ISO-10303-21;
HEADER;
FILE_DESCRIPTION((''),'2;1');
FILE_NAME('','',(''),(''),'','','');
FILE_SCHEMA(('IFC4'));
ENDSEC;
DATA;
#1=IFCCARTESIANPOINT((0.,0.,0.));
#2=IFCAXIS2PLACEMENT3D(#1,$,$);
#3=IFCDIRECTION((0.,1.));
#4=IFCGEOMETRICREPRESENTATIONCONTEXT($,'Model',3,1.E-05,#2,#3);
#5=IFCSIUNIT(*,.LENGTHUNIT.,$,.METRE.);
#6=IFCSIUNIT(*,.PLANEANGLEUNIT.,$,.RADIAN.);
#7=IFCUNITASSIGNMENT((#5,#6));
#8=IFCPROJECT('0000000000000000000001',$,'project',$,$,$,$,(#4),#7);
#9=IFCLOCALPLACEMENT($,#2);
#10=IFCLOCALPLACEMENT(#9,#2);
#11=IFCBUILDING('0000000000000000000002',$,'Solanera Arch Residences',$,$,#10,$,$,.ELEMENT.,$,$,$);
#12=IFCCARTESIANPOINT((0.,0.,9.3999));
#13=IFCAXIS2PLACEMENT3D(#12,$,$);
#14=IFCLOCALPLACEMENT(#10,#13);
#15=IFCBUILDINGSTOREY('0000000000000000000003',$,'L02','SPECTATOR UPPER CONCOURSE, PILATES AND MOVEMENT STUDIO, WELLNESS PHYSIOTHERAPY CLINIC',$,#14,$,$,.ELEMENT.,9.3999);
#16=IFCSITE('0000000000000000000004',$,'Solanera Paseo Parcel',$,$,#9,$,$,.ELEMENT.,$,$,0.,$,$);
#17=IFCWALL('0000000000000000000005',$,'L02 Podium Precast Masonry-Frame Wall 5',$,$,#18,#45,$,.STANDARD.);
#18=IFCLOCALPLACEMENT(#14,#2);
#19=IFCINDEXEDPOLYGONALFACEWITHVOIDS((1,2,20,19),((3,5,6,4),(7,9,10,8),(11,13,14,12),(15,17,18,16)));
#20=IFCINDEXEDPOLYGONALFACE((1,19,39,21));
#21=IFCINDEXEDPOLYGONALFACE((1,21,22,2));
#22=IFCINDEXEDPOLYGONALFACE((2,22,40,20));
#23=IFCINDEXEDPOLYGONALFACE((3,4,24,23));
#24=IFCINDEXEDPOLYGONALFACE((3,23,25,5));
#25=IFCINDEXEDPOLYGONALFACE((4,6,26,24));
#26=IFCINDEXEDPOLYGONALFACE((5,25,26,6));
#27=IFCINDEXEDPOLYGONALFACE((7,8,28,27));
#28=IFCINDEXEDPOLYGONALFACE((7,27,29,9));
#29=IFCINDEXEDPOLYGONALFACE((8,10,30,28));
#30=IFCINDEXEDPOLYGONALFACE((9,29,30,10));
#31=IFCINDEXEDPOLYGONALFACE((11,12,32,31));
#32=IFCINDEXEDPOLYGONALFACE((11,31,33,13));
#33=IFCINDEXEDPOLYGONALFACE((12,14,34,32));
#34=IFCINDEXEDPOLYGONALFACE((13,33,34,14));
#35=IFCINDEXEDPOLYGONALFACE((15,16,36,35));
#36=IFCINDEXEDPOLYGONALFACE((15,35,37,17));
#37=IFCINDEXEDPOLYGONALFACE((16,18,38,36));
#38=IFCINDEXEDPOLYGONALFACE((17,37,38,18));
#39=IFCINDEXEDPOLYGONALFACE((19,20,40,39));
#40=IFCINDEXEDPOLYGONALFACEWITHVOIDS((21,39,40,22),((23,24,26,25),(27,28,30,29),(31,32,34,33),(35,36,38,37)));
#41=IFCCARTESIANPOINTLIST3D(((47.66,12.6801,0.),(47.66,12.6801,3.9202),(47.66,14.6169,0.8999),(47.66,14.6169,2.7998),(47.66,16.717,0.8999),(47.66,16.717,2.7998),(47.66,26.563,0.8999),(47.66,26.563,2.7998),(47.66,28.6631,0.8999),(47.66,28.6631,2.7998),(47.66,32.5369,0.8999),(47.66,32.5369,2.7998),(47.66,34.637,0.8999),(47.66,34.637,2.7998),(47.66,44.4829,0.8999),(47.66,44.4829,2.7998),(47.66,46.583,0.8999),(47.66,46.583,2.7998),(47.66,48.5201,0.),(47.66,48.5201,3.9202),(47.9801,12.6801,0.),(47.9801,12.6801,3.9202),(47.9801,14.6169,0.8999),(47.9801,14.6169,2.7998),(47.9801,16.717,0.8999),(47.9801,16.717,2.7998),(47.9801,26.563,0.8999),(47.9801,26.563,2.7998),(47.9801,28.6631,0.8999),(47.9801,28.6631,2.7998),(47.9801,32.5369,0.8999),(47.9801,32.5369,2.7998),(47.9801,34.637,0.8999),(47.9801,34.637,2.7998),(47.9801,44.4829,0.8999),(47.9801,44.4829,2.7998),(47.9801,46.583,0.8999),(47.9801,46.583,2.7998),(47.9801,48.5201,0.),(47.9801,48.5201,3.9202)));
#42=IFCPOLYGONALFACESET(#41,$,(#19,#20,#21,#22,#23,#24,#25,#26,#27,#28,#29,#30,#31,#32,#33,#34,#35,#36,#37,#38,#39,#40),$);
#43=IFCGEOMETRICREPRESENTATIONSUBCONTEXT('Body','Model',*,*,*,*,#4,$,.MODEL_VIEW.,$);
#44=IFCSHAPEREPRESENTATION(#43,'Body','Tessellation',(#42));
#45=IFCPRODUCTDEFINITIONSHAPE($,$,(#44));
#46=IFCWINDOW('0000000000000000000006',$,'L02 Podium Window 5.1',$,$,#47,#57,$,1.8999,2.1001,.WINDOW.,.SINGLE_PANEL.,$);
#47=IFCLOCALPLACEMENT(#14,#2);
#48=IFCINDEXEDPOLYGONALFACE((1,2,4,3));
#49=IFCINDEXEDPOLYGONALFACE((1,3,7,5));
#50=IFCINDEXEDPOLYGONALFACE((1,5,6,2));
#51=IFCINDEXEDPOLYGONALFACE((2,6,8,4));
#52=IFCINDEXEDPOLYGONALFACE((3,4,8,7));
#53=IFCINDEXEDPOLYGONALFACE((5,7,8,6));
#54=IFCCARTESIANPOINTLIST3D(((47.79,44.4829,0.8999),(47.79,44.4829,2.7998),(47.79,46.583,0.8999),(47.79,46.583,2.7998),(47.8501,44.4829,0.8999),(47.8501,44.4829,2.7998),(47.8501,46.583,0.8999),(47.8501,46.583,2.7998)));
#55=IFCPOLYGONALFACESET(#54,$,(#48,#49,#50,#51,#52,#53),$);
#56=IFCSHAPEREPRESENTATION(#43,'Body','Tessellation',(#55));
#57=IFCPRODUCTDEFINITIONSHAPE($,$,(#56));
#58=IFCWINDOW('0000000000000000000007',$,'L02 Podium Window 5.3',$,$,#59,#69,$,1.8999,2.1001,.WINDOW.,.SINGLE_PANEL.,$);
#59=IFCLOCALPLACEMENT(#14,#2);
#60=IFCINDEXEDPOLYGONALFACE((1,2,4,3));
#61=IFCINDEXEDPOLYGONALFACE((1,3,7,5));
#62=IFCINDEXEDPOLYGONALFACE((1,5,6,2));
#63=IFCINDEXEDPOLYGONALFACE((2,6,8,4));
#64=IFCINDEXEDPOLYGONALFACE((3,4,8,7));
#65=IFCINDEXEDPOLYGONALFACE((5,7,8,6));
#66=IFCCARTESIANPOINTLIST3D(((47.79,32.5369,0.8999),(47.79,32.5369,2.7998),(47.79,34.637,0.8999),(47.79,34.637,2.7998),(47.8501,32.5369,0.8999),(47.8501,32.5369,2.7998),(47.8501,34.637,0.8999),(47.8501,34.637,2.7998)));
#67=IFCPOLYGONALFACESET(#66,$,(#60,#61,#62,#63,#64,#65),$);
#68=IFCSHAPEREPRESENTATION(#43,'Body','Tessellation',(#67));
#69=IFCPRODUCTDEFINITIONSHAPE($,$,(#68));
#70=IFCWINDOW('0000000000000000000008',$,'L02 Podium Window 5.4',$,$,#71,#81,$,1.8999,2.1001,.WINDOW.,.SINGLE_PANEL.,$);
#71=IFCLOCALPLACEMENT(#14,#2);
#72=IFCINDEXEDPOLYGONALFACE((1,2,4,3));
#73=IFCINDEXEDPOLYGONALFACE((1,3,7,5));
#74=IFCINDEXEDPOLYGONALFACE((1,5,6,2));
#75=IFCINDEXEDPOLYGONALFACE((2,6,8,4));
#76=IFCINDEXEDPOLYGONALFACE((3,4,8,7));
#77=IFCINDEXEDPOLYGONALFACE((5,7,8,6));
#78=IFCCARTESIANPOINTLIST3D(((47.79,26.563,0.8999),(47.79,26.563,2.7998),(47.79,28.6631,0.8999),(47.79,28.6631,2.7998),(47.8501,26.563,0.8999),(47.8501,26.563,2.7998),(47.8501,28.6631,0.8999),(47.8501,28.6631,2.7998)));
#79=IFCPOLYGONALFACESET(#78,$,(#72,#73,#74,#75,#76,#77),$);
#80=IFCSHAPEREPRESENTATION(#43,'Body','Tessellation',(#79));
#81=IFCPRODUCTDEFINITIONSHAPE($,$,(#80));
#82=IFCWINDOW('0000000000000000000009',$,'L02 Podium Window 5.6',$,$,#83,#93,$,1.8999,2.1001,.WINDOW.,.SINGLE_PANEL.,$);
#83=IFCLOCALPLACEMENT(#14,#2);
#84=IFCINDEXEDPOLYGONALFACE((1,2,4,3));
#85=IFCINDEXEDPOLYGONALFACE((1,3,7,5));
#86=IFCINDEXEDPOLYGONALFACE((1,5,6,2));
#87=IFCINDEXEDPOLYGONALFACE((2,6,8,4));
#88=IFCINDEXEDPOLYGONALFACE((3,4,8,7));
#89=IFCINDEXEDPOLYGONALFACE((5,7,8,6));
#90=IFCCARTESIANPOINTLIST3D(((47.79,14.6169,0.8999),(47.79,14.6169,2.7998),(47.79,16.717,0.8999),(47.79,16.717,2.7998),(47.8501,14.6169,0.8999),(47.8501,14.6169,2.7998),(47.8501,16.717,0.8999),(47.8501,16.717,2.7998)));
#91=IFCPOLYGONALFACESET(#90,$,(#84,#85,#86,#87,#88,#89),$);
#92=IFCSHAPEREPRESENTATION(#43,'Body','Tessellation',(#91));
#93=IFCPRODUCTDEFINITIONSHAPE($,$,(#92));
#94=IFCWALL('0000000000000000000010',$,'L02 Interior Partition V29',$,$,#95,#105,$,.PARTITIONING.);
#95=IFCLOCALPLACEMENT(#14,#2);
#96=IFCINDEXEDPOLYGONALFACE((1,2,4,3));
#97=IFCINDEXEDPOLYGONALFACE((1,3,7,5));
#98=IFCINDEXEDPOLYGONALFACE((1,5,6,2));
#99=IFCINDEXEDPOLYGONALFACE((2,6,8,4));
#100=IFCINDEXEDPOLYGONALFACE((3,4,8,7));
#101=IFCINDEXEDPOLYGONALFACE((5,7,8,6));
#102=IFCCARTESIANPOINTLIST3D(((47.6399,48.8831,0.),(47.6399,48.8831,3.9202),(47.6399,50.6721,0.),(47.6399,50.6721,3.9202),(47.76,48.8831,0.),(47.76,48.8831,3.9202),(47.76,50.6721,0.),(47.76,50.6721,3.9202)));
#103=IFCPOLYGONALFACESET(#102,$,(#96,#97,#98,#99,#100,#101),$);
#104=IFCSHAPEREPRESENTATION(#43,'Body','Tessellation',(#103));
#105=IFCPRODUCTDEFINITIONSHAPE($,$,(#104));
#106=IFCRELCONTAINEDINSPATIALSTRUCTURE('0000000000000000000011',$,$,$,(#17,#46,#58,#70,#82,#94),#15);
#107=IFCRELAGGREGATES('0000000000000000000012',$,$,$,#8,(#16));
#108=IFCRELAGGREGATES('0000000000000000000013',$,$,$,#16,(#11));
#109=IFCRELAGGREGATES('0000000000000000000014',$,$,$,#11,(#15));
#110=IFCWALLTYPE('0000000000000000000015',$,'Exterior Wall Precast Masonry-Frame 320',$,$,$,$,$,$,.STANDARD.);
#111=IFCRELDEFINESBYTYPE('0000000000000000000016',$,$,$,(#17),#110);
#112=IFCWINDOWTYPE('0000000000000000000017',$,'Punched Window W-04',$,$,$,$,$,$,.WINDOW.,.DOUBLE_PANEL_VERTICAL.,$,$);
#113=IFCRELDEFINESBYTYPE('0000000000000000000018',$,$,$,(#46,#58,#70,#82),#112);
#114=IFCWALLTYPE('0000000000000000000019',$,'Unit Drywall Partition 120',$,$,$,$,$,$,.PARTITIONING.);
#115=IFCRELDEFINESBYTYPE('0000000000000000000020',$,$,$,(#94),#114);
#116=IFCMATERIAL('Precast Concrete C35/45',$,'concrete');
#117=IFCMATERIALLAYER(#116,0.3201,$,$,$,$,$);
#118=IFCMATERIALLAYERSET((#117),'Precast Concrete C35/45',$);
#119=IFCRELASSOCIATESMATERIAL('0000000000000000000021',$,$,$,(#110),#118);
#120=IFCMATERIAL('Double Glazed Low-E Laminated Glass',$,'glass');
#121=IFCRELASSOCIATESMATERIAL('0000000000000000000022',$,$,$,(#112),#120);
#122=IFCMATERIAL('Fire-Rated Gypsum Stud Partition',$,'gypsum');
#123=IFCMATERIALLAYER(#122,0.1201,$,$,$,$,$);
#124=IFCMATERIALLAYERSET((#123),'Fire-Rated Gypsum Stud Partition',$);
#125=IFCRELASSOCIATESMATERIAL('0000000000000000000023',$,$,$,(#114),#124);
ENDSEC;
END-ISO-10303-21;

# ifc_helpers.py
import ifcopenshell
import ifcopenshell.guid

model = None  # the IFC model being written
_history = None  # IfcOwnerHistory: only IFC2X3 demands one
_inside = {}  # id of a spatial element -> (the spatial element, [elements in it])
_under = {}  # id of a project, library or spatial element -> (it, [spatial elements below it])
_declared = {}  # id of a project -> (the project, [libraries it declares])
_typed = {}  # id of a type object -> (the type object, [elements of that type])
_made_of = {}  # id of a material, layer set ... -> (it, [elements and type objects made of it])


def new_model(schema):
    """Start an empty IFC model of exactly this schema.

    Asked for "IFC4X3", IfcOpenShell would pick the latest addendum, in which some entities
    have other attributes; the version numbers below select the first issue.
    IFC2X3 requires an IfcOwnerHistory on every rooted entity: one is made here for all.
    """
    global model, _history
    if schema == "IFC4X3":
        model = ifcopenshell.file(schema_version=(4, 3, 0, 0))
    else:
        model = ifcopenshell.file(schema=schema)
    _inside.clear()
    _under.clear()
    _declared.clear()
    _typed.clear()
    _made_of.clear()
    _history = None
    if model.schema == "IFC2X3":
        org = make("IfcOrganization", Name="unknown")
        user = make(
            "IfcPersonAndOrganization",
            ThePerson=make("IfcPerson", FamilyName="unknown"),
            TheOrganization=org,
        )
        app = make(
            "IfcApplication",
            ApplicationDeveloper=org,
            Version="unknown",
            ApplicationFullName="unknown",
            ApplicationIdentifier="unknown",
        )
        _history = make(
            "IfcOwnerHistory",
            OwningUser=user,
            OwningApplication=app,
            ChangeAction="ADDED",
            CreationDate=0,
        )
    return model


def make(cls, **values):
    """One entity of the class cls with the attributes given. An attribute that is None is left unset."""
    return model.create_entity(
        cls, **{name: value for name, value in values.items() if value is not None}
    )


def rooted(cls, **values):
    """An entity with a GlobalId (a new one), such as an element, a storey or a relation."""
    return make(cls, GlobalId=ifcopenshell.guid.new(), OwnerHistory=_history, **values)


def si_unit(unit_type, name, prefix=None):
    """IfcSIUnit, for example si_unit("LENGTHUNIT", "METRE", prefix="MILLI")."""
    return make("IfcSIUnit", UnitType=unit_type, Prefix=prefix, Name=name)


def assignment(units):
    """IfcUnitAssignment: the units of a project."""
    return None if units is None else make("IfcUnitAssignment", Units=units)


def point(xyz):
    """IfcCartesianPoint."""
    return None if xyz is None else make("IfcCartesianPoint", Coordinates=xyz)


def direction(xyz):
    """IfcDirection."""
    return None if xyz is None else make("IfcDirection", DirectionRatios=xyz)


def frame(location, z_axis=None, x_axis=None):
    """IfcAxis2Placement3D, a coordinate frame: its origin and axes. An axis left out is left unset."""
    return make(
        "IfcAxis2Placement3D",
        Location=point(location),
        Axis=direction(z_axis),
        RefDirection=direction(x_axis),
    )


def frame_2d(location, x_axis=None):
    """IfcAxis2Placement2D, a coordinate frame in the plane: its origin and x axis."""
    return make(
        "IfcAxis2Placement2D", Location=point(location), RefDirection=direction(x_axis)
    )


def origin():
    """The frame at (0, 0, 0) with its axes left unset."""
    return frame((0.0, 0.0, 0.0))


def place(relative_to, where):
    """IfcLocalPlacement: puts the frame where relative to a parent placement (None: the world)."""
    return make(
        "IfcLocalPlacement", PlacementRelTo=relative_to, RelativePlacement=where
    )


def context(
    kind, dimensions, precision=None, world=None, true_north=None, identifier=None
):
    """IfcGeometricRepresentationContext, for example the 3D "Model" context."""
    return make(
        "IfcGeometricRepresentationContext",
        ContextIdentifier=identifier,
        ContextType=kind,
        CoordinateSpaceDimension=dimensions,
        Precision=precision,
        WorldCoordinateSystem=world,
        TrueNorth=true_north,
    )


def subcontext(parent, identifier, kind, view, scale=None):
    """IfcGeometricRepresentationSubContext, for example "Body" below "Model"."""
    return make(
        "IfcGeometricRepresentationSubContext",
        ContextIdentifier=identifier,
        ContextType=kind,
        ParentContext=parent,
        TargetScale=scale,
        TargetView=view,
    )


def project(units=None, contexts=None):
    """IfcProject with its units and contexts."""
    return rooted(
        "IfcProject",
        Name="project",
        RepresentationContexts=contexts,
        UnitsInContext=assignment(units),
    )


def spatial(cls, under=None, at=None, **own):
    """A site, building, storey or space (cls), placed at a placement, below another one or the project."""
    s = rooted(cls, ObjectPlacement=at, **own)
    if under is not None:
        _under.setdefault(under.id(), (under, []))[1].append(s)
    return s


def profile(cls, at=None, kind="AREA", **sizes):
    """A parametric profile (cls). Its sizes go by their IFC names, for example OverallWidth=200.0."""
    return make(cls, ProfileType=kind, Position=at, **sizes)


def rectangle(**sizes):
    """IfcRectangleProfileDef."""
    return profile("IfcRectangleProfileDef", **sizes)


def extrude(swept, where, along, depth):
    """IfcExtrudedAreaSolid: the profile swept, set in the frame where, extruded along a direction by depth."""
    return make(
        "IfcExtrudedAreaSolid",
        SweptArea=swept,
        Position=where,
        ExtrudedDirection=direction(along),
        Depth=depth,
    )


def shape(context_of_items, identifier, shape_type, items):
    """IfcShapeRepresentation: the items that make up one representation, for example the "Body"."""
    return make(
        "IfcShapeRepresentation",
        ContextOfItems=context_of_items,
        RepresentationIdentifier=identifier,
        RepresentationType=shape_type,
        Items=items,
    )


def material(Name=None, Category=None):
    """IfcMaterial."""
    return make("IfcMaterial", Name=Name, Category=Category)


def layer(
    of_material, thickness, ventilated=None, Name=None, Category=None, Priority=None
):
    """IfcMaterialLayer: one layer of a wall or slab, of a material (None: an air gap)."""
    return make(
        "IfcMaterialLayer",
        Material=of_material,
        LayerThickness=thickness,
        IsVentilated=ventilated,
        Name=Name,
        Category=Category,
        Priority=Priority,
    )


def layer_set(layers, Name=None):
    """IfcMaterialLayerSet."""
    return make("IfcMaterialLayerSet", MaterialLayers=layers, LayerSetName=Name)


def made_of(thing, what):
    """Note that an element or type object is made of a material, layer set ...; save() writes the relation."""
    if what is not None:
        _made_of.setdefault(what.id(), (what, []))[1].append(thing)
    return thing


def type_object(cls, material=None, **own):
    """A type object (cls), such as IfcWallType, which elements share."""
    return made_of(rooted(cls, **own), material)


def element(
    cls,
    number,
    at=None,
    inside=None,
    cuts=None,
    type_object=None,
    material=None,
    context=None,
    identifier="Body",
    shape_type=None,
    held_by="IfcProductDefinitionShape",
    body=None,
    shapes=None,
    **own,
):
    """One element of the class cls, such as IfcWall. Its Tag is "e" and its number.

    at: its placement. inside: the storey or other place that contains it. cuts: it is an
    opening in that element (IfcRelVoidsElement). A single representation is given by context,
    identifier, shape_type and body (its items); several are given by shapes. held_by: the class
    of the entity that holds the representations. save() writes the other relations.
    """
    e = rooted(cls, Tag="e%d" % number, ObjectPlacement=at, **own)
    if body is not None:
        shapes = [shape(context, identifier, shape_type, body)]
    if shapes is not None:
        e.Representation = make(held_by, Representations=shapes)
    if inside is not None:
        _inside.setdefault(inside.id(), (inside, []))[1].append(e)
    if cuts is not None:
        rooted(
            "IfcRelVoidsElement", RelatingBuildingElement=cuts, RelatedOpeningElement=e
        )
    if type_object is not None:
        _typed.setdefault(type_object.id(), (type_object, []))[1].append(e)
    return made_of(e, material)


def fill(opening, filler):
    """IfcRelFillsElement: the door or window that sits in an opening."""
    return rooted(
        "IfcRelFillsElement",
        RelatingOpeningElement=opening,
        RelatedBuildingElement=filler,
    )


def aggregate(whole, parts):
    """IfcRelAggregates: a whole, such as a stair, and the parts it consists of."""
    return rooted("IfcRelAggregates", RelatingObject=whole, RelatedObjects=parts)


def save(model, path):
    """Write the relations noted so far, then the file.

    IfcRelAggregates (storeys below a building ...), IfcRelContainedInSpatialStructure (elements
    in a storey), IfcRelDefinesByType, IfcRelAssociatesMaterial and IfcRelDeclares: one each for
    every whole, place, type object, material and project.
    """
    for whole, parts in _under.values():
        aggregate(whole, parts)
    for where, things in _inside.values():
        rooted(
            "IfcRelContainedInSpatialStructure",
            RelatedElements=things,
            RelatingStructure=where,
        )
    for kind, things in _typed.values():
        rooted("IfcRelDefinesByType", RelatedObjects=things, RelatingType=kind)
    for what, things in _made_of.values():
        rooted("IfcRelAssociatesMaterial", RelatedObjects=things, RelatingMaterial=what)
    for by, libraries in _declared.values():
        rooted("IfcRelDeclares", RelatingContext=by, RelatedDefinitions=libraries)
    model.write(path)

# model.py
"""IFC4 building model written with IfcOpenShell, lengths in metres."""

from ifc_helpers import new_model, si_unit, direction, frame, frame_2d, origin, place, context, subcontext, project, spatial, rectangle, extrude, material, layer, layer_set, type_object, element, fill, save


model = new_model("IFC4")

# Units and contexts
model_context = context("Model", 3, precision=1e-05, world=origin(), true_north=direction((0.0, 1.0)))
body_context = subcontext(model_context, "Body", "Model", "MODEL_VIEW")
ifc_project = project(units=[si_unit("LENGTHUNIT", "METRE"), si_unit("PLANEANGLEUNIT", "RADIAN")], contexts=[model_context])

# Site, building, storey
site_placement = place(None, origin())
site = spatial("IfcSite", under=ifc_project, at=site_placement, Name="Solanera Paseo Parcel", CompositionType="ELEMENT", RefElevation=0.0)
building_placement = place(site_placement, origin())
building = spatial("IfcBuilding", under=site, at=building_placement, Name="Solanera Arch Residences", CompositionType="ELEMENT")
storey_placement = place(building_placement, frame((0.0, 0.0, 9.3999)))
storey = spatial("IfcBuildingStorey", under=building, at=storey_placement, Name="L02", Description="SPECTATOR UPPER CONCOURSE, PILATES AND MOVEMENT STUDIO, WELLNESS PHYSIOTHERAPY CLINIC", CompositionType="ELEMENT", Elevation=9.3999)

# Wall, openings, windows
ifc_material_1 = material(Name="Precast Concrete C35/45", Category="concrete")
ifc_layer_1 = layer(ifc_material_1, 0.3201)
ifc_layer_set_1 = layer_set([ifc_layer_1], Name="Precast Concrete C35/45")
wall_type_1 = type_object("IfcWallType", Name="Exterior Wall Precast Masonry-Frame 320", PredefinedType="STANDARD", material=ifc_layer_set_1)
wall_1_placement = place(storey_placement, frame((47.8201, 48.52, 0.0), z_axis=(0.0, 0.0, 1.0), x_axis=(0.0, -1.0, 0.0)))
wall_1 = element("IfcWall", 1, at=wall_1_placement, inside=storey, type_object=wall_type_1, Name="L02 Podium Precast Masonry-Frame Wall 5", PredefinedType="STANDARD", context=body_context, shape_type="SweptSolid", body=[
    extrude(rectangle(XDim=35.8401, YDim=0.3201, at=frame_2d((17.9199, 0.0))), origin(), (0.0, 0.0, 1.0), 3.9202),
])
opening_1_placement = place(wall_1_placement, frame((1.937, 0.0, 0.8999)))
opening_1 = element("IfcOpeningElement", 2, at=opening_1_placement, cuts=wall_1, PredefinedType="OPENING", context=body_context, shape_type="SweptSolid", body=[
    extrude(rectangle(XDim=2.1001, YDim=1.8999, at=frame_2d((1.05, 0.95))), frame((0.0, 0.1699, 0.0), z_axis=(0.0, -1.0, 0.0), x_axis=(1.0, 0.0, 0.0)), (0.0, 0.0, 1.0), 0.3401),
])
opening_2_placement = place(wall_1_placement, frame((13.8831, 0.0, 0.8999)))
opening_2 = element("IfcOpeningElement", 3, at=opening_2_placement, cuts=wall_1, PredefinedType="OPENING", context=body_context, shape_type="SweptSolid", body=[
    extrude(rectangle(XDim=2.1001, YDim=1.8999, at=frame_2d((1.05, 0.95))), frame((0.0, 0.1699, 0.0), z_axis=(0.0, -1.0, 0.0), x_axis=(1.0, 0.0, 0.0)), (0.0, 0.0, 1.0), 0.3401),
])
opening_3_placement = place(wall_1_placement, frame((19.8569, 0.0, 0.8999)))
opening_3 = element("IfcOpeningElement", 4, at=opening_3_placement, cuts=wall_1, PredefinedType="OPENING", context=body_context, shape_type="SweptSolid", body=[
    extrude(rectangle(XDim=2.1001, YDim=1.8999, at=frame_2d((1.05, 0.95))), frame((0.0, 0.1699, 0.0), z_axis=(0.0, -1.0, 0.0), x_axis=(1.0, 0.0, 0.0)), (0.0, 0.0, 1.0), 0.3401),
])
opening_4_placement = place(wall_1_placement, frame((31.803, 0.0, 0.8999)))
opening_4 = element("IfcOpeningElement", 5, at=opening_4_placement, cuts=wall_1, PredefinedType="OPENING", context=body_context, shape_type="SweptSolid", body=[
    extrude(rectangle(XDim=2.1001, YDim=1.8999, at=frame_2d((1.05, 0.95))), frame((0.0, 0.1699, 0.0), z_axis=(0.0, -1.0, 0.0), x_axis=(1.0, 0.0, 0.0)), (0.0, 0.0, 1.0), 0.3401),
])
ifc_material_2 = material(Name="Double Glazed Low-E Laminated Glass", Category="glass")
window_type = type_object("IfcWindowType", Name="Punched Window W-04", PartitioningType="DOUBLE_PANEL_VERTICAL", PredefinedType="WINDOW", material=ifc_material_2)
window_1_placement = place(opening_1_placement, origin())
window_1 = element("IfcWindow", 6, at=window_1_placement, inside=storey, type_object=window_type, Name="L02 Podium Window 5.1", OverallHeight=1.8999, OverallWidth=2.1001, PartitioningType="SINGLE_PANEL", PredefinedType="WINDOW", context=body_context, shape_type="SweptSolid", body=[
    extrude(rectangle(XDim=2.1001, YDim=1.8999, at=frame_2d((1.05, 0.95))), frame((0.0, 0.03, 0.0), z_axis=(0.0, -1.0, 0.0), x_axis=(1.0, 0.0, 0.0)), (0.0, 0.0, 1.0), 0.0601),
])
fill(opening_1, window_1)
window_2_placement = place(opening_2_placement, origin())
window_2 = element("IfcWindow", 7, at=window_2_placement, inside=storey, type_object=window_type, Name="L02 Podium Window 5.3", OverallHeight=1.8999, OverallWidth=2.1001, PartitioningType="SINGLE_PANEL", PredefinedType="WINDOW", context=body_context, shape_type="SweptSolid", body=[
    extrude(rectangle(XDim=2.1001, YDim=1.8999, at=frame_2d((1.05, 0.95))), frame((0.0, 0.03, 0.0), z_axis=(0.0, -1.0, 0.0), x_axis=(1.0, 0.0, 0.0)), (0.0, 0.0, 1.0), 0.0601),
])
fill(opening_2, window_2)
window_3_placement = place(opening_3_placement, origin())
window_3 = element("IfcWindow", 8, at=window_3_placement, inside=storey, type_object=window_type, Name="L02 Podium Window 5.4", OverallHeight=1.8999, OverallWidth=2.1001, PartitioningType="SINGLE_PANEL", PredefinedType="WINDOW", context=body_context, shape_type="SweptSolid", body=[
    extrude(rectangle(XDim=2.1001, YDim=1.8999, at=frame_2d((1.05, 0.95))), frame((0.0, 0.03, 0.0), z_axis=(0.0, -1.0, 0.0), x_axis=(1.0, 0.0, 0.0)), (0.0, 0.0, 1.0), 0.0601),
])
fill(opening_3, window_3)
window_4_placement = place(opening_4_placement, origin())
window_4 = element("IfcWindow", 9, at=window_4_placement, inside=storey, type_object=window_type, Name="L02 Podium Window 5.6", OverallHeight=1.8999, OverallWidth=2.1001, PartitioningType="SINGLE_PANEL", PredefinedType="WINDOW", context=body_context, shape_type="SweptSolid", body=[
    extrude(rectangle(XDim=2.1001, YDim=1.8999, at=frame_2d((1.05, 0.95))), frame((0.0, 0.03, 0.0), z_axis=(0.0, -1.0, 0.0), x_axis=(1.0, 0.0, 0.0)), (0.0, 0.0, 1.0), 0.0601),
])
fill(opening_4, window_4)

# Wall
ifc_material_3 = material(Name="Fire-Rated Gypsum Stud Partition", Category="gypsum")
ifc_layer_2 = layer(ifc_material_3, 0.1201)
ifc_layer_set_2 = layer_set([ifc_layer_2], Name="Fire-Rated Gypsum Stud Partition")
wall_type_2 = type_object("IfcWallType", Name="Unit Drywall Partition 120", PredefinedType="PARTITIONING", material=ifc_layer_set_2)
wall_2_placement = place(storey_placement, frame((47.7, 48.8831, 0.0), z_axis=(0.0, 0.0, 1.0), x_axis=(0.0, 1.0, 0.0)))
element("IfcWall", 10, at=wall_2_placement, inside=storey, type_object=wall_type_2, Name="L02 Interior Partition V29", PredefinedType="PARTITIONING", context=body_context, shape_type="SweptSolid", body=[
    extrude(rectangle(XDim=1.7891, YDim=0.1201, at=frame_2d((0.8945, 0.0))), origin(), (0.0, 0.0, 1.0), 3.9202),
])

save(model, "model.ifc")
